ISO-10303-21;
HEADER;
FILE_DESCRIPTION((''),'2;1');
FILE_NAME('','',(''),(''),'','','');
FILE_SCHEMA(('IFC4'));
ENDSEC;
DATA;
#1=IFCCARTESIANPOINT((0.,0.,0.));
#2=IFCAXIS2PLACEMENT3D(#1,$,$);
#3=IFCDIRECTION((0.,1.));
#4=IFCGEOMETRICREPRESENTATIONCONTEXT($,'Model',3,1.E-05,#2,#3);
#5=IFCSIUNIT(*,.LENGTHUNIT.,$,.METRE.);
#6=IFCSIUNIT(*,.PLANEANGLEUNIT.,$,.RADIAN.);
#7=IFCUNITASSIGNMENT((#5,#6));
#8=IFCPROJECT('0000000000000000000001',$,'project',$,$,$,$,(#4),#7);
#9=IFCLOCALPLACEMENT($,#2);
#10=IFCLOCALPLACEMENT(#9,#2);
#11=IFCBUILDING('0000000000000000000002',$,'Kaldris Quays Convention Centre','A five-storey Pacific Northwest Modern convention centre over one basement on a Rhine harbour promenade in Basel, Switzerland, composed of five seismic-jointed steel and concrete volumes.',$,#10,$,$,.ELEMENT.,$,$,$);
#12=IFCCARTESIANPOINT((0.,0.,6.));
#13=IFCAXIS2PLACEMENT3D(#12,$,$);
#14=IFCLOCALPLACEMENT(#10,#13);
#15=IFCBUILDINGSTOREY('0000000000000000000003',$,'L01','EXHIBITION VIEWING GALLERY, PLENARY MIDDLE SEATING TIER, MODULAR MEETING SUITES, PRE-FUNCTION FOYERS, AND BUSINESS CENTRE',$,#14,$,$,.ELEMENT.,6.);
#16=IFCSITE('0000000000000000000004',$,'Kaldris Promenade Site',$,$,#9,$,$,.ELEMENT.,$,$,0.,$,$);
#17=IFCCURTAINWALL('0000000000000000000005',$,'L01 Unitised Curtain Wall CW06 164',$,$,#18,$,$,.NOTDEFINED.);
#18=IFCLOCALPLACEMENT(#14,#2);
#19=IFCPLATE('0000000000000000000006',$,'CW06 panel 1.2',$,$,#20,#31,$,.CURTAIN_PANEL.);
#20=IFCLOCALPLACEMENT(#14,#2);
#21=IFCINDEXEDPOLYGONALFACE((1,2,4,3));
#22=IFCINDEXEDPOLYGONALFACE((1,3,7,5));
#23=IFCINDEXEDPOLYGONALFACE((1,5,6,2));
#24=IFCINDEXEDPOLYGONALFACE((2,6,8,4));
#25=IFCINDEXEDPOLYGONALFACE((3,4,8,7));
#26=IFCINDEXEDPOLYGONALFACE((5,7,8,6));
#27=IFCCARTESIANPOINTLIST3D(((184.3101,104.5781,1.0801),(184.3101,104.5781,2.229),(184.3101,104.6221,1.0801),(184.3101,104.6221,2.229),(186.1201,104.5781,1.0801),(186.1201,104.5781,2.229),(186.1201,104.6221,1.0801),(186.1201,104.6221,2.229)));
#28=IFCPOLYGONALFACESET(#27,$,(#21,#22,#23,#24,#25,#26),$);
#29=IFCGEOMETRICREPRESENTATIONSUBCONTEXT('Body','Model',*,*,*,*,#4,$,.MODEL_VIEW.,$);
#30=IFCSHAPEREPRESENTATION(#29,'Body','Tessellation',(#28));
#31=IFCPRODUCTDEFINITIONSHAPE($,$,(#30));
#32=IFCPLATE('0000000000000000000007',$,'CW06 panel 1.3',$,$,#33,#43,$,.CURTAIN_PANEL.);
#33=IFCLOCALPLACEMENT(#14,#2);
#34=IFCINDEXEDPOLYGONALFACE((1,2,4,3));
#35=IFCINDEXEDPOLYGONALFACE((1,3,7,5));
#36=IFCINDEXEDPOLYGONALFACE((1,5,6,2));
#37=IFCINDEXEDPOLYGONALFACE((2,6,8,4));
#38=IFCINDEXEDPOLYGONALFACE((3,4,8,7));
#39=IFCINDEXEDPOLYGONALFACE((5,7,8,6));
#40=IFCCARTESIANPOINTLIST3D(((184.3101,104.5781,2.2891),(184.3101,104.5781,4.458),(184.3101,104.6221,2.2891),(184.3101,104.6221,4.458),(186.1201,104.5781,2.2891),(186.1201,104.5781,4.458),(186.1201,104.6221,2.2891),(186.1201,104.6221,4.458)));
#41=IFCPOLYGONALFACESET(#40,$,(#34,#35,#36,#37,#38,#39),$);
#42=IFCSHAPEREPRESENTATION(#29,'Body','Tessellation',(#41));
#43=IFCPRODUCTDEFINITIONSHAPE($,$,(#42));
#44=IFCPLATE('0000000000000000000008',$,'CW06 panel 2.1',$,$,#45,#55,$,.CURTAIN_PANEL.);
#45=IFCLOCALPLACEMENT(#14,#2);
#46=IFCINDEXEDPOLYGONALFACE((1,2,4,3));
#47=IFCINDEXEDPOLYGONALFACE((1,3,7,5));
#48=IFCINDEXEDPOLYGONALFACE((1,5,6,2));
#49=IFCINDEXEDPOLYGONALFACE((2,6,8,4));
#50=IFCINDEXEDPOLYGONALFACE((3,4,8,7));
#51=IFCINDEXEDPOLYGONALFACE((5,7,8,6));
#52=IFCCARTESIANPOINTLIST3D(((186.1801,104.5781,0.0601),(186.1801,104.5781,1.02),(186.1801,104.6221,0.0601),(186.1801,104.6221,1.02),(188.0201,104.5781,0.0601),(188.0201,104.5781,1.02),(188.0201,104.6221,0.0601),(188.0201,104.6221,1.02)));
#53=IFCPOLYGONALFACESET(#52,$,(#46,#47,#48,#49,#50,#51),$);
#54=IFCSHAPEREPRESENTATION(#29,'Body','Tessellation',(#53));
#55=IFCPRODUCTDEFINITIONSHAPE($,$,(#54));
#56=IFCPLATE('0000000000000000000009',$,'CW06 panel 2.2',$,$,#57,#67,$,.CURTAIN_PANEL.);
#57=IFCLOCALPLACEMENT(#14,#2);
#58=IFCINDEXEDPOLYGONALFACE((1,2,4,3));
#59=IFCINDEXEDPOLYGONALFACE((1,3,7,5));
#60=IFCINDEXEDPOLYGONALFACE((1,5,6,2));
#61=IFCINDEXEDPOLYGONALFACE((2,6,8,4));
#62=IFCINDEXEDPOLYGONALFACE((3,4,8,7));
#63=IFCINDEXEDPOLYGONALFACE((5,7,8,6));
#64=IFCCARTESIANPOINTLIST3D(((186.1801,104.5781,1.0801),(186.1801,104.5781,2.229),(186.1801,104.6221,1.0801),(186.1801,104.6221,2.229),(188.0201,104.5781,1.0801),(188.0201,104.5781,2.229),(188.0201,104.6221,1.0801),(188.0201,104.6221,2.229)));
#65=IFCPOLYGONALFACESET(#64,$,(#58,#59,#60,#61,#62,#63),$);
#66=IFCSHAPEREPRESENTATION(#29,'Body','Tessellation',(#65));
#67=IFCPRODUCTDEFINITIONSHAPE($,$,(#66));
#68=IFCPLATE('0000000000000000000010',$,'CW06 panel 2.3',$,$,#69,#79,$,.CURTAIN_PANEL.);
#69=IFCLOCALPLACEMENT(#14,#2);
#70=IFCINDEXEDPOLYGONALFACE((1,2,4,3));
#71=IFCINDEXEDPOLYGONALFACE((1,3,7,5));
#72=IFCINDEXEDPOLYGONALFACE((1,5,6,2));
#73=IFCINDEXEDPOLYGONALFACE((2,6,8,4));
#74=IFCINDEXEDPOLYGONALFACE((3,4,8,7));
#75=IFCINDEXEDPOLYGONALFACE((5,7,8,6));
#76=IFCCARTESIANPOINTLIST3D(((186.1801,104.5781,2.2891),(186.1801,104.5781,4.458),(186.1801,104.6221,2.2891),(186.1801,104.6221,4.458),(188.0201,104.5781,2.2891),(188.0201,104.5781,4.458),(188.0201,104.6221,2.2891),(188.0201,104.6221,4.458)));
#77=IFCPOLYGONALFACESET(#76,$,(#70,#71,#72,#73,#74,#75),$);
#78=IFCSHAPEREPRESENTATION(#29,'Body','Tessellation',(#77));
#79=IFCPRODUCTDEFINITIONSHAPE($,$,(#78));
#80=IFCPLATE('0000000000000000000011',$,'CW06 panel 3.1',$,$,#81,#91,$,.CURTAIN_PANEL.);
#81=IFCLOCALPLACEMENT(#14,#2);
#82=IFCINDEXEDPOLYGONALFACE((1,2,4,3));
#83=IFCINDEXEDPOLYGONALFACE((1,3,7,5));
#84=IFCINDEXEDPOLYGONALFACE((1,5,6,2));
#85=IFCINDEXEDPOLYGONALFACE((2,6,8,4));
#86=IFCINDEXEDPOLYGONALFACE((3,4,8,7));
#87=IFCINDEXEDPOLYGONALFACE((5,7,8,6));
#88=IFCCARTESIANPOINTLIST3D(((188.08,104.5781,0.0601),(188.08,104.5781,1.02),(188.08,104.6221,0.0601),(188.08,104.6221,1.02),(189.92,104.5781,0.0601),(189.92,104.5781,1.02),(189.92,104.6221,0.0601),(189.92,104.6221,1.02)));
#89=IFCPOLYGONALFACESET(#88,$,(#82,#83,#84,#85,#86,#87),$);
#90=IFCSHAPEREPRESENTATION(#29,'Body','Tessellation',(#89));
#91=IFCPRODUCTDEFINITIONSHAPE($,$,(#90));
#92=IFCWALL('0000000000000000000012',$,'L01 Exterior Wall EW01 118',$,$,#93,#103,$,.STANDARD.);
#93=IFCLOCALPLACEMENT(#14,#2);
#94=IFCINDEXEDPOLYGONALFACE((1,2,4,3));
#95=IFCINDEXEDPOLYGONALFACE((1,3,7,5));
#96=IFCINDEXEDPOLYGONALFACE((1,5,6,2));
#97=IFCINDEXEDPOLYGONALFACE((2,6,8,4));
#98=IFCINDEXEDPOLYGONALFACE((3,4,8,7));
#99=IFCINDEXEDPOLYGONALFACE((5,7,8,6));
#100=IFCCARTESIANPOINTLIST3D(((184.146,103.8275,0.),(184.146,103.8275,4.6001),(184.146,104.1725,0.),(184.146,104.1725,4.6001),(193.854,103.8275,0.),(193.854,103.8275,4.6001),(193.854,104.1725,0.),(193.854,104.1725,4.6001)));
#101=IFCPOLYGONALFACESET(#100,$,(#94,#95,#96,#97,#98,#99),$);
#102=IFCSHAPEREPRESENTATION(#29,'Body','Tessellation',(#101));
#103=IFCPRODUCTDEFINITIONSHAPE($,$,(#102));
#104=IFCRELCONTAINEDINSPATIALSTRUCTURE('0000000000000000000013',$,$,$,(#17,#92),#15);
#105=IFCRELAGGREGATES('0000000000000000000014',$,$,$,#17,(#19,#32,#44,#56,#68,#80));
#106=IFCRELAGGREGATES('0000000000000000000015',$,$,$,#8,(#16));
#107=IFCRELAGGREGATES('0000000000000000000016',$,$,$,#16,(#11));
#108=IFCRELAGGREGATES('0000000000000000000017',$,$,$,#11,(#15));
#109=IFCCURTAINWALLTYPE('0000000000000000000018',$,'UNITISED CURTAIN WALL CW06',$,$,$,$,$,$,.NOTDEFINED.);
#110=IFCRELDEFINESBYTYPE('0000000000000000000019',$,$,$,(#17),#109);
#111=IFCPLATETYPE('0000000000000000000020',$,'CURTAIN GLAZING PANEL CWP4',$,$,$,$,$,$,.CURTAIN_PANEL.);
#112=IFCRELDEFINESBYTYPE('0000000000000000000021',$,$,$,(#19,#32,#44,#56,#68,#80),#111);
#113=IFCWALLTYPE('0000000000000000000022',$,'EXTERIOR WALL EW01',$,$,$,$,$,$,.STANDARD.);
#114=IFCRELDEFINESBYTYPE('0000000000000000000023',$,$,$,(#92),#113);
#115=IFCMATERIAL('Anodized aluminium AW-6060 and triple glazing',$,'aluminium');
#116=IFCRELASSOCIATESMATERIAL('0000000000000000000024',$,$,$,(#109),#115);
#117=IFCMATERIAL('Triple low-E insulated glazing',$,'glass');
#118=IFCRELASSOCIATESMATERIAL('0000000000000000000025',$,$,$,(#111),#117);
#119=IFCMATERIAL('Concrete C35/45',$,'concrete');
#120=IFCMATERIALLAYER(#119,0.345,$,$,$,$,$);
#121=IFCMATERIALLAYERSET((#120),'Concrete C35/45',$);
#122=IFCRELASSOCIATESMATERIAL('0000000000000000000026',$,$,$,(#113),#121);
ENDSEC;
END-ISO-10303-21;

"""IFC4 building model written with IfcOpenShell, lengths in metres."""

from ifc_helpers import new_model, si_unit, direction, frame, frame_2d, origin, origin_2d, place, context, subcontext, project, spatial, rectangle, extrude, material, layer, layer_set, type_object, element, aggregate, save


model = new_model("IFC4")

# Units and contexts
model_context = context("Model", 3, precision=1e-05, world=origin(), true_north=direction((0.0, 1.0)))
body_context = subcontext(model_context, "Body", "Model", "MODEL_VIEW")
ifc_project = project(units=[si_unit("LENGTHUNIT", "METRE"), si_unit("PLANEANGLEUNIT", "RADIAN")], contexts=[model_context])

# Site, building, storey
site_placement = place(None, origin())
site = spatial("IfcSite", under=ifc_project, at=site_placement, Name="Kaldris Promenade Site", CompositionType="ELEMENT", RefElevation=0.0)
building_placement = place(site_placement, origin())
building = spatial("IfcBuilding", under=site, at=building_placement, Name="Kaldris Quays Convention Centre", Description="A five-storey Pacific Northwest Modern convention centre over one basement on a Rhine harbour promenade in Basel, Switzerland, composed of five seismic-jointed steel and concrete volumes.", CompositionType="ELEMENT")
storey_placement = place(building_placement, frame((0.0, 0.0, 6.0)))
storey = spatial("IfcBuildingStorey", under=building, at=storey_placement, Name="L01", Description="EXHIBITION VIEWING GALLERY, PLENARY MIDDLE SEATING TIER, MODULAR MEETING SUITES, PRE-FUNCTION FOYERS, AND BUSINESS CENTRE", CompositionType="ELEMENT", Elevation=6.0)

# Curtain wall
ifc_material_1 = material(Name="Anodized aluminium AW-6060 and triple glazing", Category="aluminium")
curtain_wall_type = type_object("IfcCurtainWallType", Name="UNITISED CURTAIN WALL CW06", PredefinedType="NOTDEFINED", material=ifc_material_1)
curtain_wall_placement = place(storey_placement, origin())
curtain_wall = element("IfcCurtainWall", 1, at=curtain_wall_placement, inside=storey, type_object=curtain_wall_type, Name="L01 Unitised Curtain Wall CW06 164", PredefinedType="NOTDEFINED")

# Plates
ifc_material_2 = material(Name="Triple low-E insulated glazing", Category="glass")
plate_type = type_object("IfcPlateType", Name="CURTAIN GLAZING PANEL CWP4", PredefinedType="CURTAIN_PANEL", material=ifc_material_2)
plate_1_placement = place(storey_placement, frame((185.2151, 104.6001, 1.0801), z_axis=(0.0, 0.0, 1.0), x_axis=(1.0, 0.0, 0.0)))
plate_1 = element("IfcPlate", 2, at=plate_1_placement, type_object=plate_type, Name="CW06 panel 1.2", PredefinedType="CURTAIN_PANEL", context=body_context, shape_type="SweptSolid", body=[
    extrude(rectangle(XDim=1.8101, YDim=0.0439, at=origin_2d()), origin(), (0.0, 0.0, 1.0), 1.1489),
])
plate_2_placement = place(storey_placement, frame((185.2151, 104.6001, 2.2891), z_axis=(0.0, 0.0, 1.0), x_axis=(1.0, 0.0, 0.0)))
plate_2 = element("IfcPlate", 3, at=plate_2_placement, type_object=plate_type, Name="CW06 panel 1.3", PredefinedType="CURTAIN_PANEL", context=body_context, shape_type="SweptSolid", body=[
    extrude(rectangle(XDim=1.8101, YDim=0.0439, at=origin_2d()), origin(), (0.0, 0.0, 1.0), 2.1689),
])
plate_3_placement = place(storey_placement, frame((187.1001, 104.6001, 0.0601), z_axis=(0.0, 0.0, 1.0), x_axis=(1.0, 0.0, 0.0)))
plate_3 = element("IfcPlate", 4, at=plate_3_placement, type_object=plate_type, Name="CW06 panel 2.1", PredefinedType="CURTAIN_PANEL", context=body_context, shape_type="SweptSolid", body=[
    extrude(rectangle(XDim=1.8401, YDim=0.0439, at=origin_2d()), origin(), (0.0, 0.0, 1.0), 0.96),
])
plate_4_placement = place(storey_placement, frame((187.1001, 104.6001, 1.0801), z_axis=(0.0, 0.0, 1.0), x_axis=(1.0, 0.0, 0.0)))
plate_4 = element("IfcPlate", 5, at=plate_4_placement, type_object=plate_type, Name="CW06 panel 2.2", PredefinedType="CURTAIN_PANEL", context=body_context, shape_type="SweptSolid", body=[
    extrude(rectangle(XDim=1.8401, YDim=0.0439, at=origin_2d()), origin(), (0.0, 0.0, 1.0), 1.1489),
])
plate_5_placement = place(storey_placement, frame((187.1001, 104.6001, 2.2891), z_axis=(0.0, 0.0, 1.0), x_axis=(1.0, 0.0, 0.0)))
plate_5 = element("IfcPlate", 6, at=plate_5_placement, type_object=plate_type, Name="CW06 panel 2.3", PredefinedType="CURTAIN_PANEL", context=body_context, shape_type="SweptSolid", body=[
    extrude(rectangle(XDim=1.8401, YDim=0.0439, at=origin_2d()), origin(), (0.0, 0.0, 1.0), 2.1689),
])
plate_6_placement = place(storey_placement, frame((189.0, 104.6001, 0.0601), z_axis=(0.0, 0.0, 1.0), x_axis=(1.0, 0.0, 0.0)))
plate_6 = element("IfcPlate", 7, at=plate_6_placement, type_object=plate_type, Name="CW06 panel 3.1", PredefinedType="CURTAIN_PANEL", context=body_context, shape_type="SweptSolid", body=[
    extrude(rectangle(XDim=1.8401, YDim=0.0439, at=origin_2d()), origin(), (0.0, 0.0, 1.0), 0.96),
])
aggregate(curtain_wall, [plate_1, plate_2, plate_3, plate_4, plate_5, plate_6])

# Wall
ifc_material_3 = material(Name="Concrete C35/45", Category="concrete")
ifc_layer = layer(ifc_material_3, 0.345)
ifc_layer_set = layer_set([ifc_layer], Name="Concrete C35/45")
wall_type = type_object("IfcWallType", Name="EXTERIOR WALL EW01", PredefinedType="STANDARD", material=ifc_layer_set)
wall_placement = place(storey_placement, frame((184.146, 104.0, 0.0), z_axis=(0.0, 0.0, 1.0), x_axis=(1.0, 0.0, 0.0)))
element("IfcWall", 8, at=wall_placement, inside=storey, type_object=wall_type, Name="L01 Exterior Wall EW01 118", PredefinedType="STANDARD", context=body_context, shape_type="SweptSolid", body=[
    extrude(rectangle(XDim=9.708, YDim=0.345, at=frame_2d((4.854, 0.0))), origin(), (0.0, 0.0, 1.0), 4.6001),
])

save(model, "model.ifc")
